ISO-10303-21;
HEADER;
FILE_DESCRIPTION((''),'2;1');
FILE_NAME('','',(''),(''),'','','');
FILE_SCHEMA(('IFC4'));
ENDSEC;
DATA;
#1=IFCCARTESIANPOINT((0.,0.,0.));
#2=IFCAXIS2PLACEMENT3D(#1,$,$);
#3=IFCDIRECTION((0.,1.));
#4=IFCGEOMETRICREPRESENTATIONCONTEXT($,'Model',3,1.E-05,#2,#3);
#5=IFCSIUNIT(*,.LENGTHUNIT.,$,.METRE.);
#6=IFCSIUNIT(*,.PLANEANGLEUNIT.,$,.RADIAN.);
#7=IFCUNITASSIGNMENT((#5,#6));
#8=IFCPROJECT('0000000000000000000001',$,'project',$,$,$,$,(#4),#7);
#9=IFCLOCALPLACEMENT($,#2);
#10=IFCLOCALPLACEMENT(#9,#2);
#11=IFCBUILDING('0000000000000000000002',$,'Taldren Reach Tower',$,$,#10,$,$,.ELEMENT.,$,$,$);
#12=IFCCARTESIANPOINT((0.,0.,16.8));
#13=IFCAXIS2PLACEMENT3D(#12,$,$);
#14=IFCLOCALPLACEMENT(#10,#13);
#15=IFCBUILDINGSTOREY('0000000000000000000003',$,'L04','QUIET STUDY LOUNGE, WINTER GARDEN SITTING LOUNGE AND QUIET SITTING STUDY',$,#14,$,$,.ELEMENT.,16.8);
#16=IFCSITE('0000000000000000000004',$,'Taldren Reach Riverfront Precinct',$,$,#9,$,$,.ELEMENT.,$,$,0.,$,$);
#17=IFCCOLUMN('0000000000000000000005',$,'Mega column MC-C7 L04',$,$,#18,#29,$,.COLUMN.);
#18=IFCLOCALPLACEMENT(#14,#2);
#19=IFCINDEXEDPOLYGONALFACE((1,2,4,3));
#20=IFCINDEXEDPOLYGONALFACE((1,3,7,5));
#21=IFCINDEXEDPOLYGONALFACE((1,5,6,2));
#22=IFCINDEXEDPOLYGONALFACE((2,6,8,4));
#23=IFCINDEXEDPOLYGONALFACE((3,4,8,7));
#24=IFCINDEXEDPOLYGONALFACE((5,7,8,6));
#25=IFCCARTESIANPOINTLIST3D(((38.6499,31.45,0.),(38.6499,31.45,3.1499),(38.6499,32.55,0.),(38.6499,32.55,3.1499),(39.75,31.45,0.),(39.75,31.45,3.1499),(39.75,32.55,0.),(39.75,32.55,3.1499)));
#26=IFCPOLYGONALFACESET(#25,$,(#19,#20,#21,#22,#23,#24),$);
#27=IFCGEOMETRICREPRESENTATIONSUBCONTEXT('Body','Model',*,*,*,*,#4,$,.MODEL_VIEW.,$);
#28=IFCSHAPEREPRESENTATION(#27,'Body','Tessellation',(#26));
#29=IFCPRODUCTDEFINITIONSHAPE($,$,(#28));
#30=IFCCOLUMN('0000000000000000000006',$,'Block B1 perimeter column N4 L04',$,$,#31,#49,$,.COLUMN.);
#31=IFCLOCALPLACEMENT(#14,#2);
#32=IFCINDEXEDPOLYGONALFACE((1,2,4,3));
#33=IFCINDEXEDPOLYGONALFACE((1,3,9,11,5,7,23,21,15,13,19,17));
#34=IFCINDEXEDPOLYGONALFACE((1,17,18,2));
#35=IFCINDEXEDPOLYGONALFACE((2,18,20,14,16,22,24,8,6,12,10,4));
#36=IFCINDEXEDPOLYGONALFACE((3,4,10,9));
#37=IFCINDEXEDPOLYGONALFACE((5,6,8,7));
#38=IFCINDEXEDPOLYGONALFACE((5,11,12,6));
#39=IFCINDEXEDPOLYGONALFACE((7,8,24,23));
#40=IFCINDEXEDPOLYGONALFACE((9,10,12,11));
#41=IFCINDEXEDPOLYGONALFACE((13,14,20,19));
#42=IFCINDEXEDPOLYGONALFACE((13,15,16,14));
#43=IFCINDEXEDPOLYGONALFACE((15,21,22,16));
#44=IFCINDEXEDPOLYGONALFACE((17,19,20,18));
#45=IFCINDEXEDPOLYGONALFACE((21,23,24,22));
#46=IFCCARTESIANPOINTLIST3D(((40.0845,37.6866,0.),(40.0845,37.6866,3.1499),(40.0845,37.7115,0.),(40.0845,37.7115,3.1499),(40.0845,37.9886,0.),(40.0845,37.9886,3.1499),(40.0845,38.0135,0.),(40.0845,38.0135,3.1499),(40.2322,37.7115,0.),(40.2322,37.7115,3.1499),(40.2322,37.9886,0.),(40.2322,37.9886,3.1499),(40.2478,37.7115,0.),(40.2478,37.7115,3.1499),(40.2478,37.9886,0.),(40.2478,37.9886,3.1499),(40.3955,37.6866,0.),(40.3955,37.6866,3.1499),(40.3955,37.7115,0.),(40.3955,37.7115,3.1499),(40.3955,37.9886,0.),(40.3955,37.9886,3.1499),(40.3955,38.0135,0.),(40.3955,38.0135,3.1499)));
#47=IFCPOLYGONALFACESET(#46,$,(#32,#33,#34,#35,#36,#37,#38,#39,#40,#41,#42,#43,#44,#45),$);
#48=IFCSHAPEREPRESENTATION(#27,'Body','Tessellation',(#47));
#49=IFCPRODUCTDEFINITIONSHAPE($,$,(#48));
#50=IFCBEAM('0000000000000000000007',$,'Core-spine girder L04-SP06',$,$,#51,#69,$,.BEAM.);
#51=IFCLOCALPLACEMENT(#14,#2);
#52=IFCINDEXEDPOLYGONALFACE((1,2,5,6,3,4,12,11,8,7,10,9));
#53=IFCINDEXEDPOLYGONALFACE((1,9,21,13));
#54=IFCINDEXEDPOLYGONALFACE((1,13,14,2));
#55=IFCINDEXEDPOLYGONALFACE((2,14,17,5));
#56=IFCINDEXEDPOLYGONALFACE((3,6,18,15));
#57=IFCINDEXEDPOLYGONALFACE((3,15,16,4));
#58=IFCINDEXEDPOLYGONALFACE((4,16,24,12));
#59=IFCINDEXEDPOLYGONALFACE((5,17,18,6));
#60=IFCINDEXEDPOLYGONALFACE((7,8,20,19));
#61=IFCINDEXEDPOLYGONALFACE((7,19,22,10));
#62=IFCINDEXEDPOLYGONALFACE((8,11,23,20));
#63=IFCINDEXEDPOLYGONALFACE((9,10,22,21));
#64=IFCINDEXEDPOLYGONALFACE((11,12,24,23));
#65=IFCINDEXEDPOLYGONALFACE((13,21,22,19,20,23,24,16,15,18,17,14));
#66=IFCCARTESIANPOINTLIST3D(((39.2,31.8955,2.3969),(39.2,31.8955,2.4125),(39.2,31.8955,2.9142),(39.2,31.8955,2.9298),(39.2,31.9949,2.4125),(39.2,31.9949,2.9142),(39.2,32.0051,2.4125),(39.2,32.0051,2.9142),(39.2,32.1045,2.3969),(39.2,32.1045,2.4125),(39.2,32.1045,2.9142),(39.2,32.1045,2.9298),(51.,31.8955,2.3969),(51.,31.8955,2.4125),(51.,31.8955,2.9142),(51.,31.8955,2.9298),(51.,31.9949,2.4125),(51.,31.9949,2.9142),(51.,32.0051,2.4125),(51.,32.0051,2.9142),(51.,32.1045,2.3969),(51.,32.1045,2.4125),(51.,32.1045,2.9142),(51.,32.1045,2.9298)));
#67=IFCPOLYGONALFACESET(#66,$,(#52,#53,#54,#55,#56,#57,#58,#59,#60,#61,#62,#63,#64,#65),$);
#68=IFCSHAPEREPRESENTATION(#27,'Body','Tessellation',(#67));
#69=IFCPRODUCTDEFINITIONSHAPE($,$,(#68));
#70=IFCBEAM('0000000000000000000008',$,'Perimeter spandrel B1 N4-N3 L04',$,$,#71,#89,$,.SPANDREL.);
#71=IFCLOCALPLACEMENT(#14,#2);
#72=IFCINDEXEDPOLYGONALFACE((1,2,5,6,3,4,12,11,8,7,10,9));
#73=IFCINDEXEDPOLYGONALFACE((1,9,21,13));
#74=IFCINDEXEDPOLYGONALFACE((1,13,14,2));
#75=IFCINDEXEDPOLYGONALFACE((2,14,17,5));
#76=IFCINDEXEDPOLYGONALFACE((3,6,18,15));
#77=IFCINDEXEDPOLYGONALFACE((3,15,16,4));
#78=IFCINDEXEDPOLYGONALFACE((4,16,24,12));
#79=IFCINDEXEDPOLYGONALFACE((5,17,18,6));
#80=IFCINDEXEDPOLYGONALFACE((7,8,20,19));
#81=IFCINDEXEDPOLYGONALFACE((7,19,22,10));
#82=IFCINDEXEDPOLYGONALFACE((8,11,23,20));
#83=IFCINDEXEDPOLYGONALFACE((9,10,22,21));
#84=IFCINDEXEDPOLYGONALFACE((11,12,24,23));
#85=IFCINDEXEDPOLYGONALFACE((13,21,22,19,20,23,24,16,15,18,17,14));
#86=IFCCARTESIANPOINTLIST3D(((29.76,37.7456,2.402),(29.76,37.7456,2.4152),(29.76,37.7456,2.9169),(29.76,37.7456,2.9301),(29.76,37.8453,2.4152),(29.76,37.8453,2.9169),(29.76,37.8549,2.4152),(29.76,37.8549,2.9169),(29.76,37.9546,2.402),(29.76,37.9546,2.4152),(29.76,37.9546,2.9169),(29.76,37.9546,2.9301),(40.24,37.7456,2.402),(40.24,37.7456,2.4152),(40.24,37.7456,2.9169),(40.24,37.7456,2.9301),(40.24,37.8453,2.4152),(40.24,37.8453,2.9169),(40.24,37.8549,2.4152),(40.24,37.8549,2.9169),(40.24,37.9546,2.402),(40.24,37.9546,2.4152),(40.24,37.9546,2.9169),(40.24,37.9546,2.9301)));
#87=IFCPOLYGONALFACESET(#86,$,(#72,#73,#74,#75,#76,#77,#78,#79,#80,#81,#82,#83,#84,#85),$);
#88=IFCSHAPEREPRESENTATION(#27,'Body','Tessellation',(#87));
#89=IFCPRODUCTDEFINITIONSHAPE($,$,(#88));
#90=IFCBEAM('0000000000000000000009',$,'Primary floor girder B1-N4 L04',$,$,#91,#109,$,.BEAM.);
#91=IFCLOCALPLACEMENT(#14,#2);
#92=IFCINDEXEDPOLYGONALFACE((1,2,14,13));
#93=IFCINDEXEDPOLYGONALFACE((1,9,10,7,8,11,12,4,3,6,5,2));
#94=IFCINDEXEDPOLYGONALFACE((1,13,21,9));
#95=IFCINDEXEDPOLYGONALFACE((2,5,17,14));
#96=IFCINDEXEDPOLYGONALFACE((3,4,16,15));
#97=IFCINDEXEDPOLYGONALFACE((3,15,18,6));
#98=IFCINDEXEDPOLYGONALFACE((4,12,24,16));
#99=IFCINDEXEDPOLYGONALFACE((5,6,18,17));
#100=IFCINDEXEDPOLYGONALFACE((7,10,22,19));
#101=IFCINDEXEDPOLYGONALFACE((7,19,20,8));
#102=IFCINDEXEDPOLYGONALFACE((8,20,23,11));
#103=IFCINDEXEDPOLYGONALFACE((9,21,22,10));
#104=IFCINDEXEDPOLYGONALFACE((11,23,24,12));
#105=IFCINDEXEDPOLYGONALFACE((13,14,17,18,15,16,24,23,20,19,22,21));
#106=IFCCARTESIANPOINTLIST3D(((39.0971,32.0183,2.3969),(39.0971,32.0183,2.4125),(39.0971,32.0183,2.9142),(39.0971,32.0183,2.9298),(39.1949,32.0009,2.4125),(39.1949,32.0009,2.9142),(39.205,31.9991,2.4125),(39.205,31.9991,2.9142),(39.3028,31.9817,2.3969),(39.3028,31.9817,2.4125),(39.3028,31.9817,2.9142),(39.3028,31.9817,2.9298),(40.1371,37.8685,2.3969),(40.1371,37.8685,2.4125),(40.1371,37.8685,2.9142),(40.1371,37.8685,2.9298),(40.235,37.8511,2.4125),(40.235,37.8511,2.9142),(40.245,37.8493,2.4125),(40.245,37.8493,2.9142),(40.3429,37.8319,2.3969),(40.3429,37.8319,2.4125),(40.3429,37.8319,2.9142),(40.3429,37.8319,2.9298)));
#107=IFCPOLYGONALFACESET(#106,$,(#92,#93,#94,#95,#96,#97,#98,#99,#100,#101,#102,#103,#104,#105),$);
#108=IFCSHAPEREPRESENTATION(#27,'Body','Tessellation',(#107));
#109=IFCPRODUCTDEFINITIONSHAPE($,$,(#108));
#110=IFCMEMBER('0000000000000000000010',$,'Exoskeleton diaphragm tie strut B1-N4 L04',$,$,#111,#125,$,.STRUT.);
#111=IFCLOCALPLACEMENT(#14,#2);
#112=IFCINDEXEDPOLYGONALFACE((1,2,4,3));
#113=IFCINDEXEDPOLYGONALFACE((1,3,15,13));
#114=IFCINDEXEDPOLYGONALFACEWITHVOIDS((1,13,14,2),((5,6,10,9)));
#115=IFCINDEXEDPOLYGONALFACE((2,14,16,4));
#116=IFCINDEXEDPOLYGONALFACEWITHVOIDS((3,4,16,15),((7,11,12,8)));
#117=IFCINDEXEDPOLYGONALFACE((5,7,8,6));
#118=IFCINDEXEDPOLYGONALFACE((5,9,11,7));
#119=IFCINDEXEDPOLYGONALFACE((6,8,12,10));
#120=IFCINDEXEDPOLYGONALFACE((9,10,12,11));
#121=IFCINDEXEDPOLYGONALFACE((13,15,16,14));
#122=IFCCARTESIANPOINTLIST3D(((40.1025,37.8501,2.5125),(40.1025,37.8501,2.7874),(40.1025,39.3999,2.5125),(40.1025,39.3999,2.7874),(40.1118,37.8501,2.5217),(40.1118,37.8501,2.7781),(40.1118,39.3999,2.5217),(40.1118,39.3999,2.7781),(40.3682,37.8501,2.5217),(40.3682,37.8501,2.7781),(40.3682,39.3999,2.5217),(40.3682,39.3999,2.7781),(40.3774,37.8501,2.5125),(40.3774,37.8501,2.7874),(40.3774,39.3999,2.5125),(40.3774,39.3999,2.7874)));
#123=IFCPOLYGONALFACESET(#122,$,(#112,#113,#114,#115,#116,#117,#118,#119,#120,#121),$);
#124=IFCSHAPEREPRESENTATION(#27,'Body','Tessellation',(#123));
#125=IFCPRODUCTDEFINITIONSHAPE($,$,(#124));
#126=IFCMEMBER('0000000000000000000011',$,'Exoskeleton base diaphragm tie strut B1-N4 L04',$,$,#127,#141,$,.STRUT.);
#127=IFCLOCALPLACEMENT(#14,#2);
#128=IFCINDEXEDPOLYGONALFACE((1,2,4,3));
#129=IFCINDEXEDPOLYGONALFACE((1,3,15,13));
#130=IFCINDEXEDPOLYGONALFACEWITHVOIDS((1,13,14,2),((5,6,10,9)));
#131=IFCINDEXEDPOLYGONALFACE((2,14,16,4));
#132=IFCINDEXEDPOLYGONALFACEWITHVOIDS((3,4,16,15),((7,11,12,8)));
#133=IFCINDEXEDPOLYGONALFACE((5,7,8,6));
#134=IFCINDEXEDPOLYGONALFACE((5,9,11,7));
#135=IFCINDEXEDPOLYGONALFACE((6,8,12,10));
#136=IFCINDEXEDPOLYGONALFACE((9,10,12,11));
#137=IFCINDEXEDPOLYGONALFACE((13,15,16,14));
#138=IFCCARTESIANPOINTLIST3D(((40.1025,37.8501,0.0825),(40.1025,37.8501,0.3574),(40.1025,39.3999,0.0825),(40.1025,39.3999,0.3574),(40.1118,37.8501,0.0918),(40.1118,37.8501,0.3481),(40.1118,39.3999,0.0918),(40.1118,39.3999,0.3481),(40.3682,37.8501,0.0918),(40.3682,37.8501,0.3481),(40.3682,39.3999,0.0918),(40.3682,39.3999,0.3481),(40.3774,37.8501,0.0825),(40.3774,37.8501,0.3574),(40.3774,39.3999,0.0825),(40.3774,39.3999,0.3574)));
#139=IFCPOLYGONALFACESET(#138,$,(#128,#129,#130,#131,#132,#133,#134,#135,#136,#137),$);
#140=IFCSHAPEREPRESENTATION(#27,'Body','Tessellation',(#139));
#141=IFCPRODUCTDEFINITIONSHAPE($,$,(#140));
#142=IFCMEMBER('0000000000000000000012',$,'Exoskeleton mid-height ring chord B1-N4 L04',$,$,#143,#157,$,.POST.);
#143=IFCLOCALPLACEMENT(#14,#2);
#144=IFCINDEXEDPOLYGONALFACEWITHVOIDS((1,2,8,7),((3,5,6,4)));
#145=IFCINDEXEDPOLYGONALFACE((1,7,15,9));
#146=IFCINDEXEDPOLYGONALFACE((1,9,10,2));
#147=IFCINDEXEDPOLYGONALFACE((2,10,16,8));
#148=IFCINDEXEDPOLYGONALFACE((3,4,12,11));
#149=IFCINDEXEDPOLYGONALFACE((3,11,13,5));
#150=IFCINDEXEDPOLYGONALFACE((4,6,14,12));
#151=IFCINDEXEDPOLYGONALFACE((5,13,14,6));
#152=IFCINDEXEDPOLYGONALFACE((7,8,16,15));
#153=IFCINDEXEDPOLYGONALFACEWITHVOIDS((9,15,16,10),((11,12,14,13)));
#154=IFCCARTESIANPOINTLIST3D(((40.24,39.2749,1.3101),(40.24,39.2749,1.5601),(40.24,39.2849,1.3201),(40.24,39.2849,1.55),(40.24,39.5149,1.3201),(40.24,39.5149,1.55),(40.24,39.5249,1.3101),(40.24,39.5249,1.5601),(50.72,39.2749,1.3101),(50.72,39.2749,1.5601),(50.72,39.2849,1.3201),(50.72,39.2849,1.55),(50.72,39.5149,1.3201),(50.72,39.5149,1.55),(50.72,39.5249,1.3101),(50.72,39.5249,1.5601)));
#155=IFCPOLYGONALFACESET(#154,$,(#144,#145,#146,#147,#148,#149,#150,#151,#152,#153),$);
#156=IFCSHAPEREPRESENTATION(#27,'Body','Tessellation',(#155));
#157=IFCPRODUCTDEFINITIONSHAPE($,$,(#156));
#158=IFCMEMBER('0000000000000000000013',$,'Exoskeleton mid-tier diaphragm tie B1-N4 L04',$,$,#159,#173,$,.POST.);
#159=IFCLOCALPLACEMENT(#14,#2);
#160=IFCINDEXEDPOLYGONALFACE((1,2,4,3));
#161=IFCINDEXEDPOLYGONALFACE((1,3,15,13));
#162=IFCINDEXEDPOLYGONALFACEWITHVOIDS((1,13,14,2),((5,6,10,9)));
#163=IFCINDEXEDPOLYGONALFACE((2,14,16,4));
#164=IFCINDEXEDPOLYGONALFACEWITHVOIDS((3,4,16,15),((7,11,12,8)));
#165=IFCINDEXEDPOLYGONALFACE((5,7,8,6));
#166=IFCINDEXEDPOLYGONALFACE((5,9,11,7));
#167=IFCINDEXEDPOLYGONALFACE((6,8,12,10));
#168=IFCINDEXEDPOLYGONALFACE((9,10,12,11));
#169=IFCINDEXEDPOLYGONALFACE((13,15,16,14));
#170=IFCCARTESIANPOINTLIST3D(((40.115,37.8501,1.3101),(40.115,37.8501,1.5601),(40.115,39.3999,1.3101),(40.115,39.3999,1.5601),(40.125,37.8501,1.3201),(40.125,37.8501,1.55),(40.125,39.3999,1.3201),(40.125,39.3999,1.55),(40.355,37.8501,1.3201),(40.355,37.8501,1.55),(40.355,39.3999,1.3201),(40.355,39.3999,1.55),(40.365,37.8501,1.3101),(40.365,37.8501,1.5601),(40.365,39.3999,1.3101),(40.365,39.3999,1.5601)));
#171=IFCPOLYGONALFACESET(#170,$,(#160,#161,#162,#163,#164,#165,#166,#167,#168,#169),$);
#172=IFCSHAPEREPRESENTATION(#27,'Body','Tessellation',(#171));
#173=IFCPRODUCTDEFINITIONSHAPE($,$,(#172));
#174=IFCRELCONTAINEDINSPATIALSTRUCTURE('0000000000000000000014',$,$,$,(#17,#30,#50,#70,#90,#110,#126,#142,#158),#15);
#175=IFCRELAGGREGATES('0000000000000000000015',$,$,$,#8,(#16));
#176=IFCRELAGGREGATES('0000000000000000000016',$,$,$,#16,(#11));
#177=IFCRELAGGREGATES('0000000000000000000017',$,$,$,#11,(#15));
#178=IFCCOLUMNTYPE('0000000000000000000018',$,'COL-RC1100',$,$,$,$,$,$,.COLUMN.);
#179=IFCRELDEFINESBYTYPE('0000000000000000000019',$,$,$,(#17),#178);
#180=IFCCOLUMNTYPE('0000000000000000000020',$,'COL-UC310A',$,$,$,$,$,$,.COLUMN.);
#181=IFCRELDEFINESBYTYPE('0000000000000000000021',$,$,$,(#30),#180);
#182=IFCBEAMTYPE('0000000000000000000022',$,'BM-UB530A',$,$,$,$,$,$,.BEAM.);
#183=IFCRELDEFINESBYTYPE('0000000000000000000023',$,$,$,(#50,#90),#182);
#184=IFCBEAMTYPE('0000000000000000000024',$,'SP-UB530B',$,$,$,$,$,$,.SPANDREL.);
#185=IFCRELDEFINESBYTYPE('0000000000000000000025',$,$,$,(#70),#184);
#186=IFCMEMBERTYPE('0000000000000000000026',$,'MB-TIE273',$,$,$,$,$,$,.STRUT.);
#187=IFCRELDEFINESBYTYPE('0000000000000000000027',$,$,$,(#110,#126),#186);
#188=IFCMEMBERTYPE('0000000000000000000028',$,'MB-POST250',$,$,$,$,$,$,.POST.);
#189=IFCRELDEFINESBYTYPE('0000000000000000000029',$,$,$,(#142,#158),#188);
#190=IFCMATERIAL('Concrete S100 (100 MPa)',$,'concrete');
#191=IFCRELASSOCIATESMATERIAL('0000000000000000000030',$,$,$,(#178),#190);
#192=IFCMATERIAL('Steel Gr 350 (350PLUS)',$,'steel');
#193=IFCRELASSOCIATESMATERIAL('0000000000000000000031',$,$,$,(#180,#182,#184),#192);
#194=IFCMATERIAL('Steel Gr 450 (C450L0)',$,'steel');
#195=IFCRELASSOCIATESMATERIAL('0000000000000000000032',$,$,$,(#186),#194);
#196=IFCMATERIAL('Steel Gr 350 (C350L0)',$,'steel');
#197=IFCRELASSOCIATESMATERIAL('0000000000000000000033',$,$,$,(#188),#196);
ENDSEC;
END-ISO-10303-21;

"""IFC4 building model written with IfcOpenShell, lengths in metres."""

from ifc_helpers import new_model, si_unit, direction, frame, origin, origin_2d, place, context, subcontext, project, spatial, rectangle, hollow_rectangle, i_section, extrude, source, transform, mapped, material, material_profile, profile_set, type_object, element, save


model = new_model("IFC4")

# Units and contexts
model_context = context("Model", 3, precision=1e-05, world=origin(), true_north=direction((0.0, 1.0)))
body_context = subcontext(model_context, "Body", "Model", "MODEL_VIEW")
ifc_project = project(units=[si_unit("LENGTHUNIT", "METRE"), si_unit("PLANEANGLEUNIT", "RADIAN")], contexts=[model_context])

# Site, building, storey
site_placement = place(None, origin())
site = spatial("IfcSite", under=ifc_project, at=site_placement, Name="Taldren Reach Riverfront Precinct", CompositionType="ELEMENT", RefElevation=0.0)
building_placement = place(site_placement, origin())
building = spatial("IfcBuilding", under=site, at=building_placement, Name="Taldren Reach Tower", CompositionType="ELEMENT")
storey_placement = place(building_placement, frame((0.0, 0.0, 16.8)))
storey = spatial("IfcBuildingStorey", under=building, at=storey_placement, Name="L04", Description="QUIET STUDY LOUNGE, WINTER GARDEN SITTING LOUNGE AND QUIET SITTING STUDY", CompositionType="ELEMENT", Elevation=16.8)

# Columns
ifc_material_1 = material(Name="Concrete S100 (100 MPa)", Category="concrete")
ifc_material_profile_1 = material_profile(ifc_material_1, rectangle(XDim=1.1001, YDim=1.1001, at=origin_2d()), Name="RC-1100x1100")
ifc_profile_set_1 = profile_set([ifc_material_profile_1], Name="Concrete S100 (100 MPa)")
column_type_1 = type_object("IfcColumnType", Name="COL-RC1100", PredefinedType="COLUMN", material=ifc_profile_set_1)
shared_shape_1 = source(origin(), body_context, "Body", "SweptSolid", [
    extrude(rectangle(XDim=1.1001, YDim=1.1001, at=origin_2d()), origin(), (0.0, 0.0, 1.0), 3.1499),
])
column_1_placement = place(storey_placement, frame((39.2, 32.0, 0.0), z_axis=(0.0, 0.0, 1.0), x_axis=(1.0, 0.0, 0.0)))
element("IfcColumn", 1, at=column_1_placement, inside=storey, type_object=column_type_1, Name="Mega column MC-C7 L04", PredefinedType="COLUMN", context=body_context, shape_type="MappedRepresentation", body=[
    mapped(shared_shape_1, transform((0.0, 0.0, 0.0), scale=1.0)),
])
ifc_material_2 = material(Name="Steel Gr 350 (350PLUS)", Category="steel")
ifc_material_profile_2 = material_profile(ifc_material_2, i_section(OverallWidth=0.311, OverallDepth=0.3269, WebThickness=0.0156, FlangeThickness=0.0249, at=origin_2d()), Name="310UC158")
ifc_profile_set_2 = profile_set([ifc_material_profile_2], Name="Steel Gr 350 (350PLUS)")
column_type_2 = type_object("IfcColumnType", Name="COL-UC310A", PredefinedType="COLUMN", material=ifc_profile_set_2)
shared_shape_2 = source(origin(), body_context, "Body", "SweptSolid", [
    extrude(i_section(OverallWidth=0.311, OverallDepth=0.3269, WebThickness=0.0156, FlangeThickness=0.0249, at=origin_2d()), origin(), (0.0, 0.0, 1.0), 3.1499),
])
column_2_placement = place(storey_placement, frame((40.24, 37.8501, 0.0), z_axis=(0.0, 0.0, 1.0), x_axis=(1.0, 0.0, 0.0)))
element("IfcColumn", 2, at=column_2_placement, inside=storey, type_object=column_type_2, Name="Block B1 perimeter column N4 L04", PredefinedType="COLUMN", context=body_context, shape_type="MappedRepresentation", body=[
    mapped(shared_shape_2, transform((0.0, 0.0, 0.0), scale=1.0)),
])

# Beams
ifc_material_profile_3 = material_profile(ifc_material_2, i_section(OverallWidth=0.209, OverallDepth=0.533, WebThickness=0.0103, FlangeThickness=0.0156, at=origin_2d()), Name="530UB92.4")
ifc_profile_set_3 = profile_set([ifc_material_profile_3], Name="Steel Gr 350 (350PLUS)")
beam_type_1 = type_object("IfcBeamType", Name="BM-UB530A", PredefinedType="BEAM", material=ifc_profile_set_3)
shared_shape_3 = source(origin(), body_context, "Body", "SweptSolid", [
    extrude(i_section(OverallWidth=0.209, OverallDepth=0.533, WebThickness=0.0103, FlangeThickness=0.0156, at=origin_2d()), origin(), (0.0, 0.0, 1.0), 11.8),
])
beam_1_placement = place(storey_placement, frame((39.2, 32.0, 2.6633), z_axis=(1.0, 0.0, 0.0), x_axis=(0.0, 1.0, 0.0)))
element("IfcBeam", 3, at=beam_1_placement, inside=storey, type_object=beam_type_1, Name="Core-spine girder L04-SP06", PredefinedType="BEAM", context=body_context, shape_type="MappedRepresentation", body=[
    mapped(shared_shape_3, transform((0.0, 0.0, 0.0), scale=1.0)),
])
ifc_material_profile_4 = material_profile(ifc_material_2, i_section(OverallWidth=0.209, OverallDepth=0.5281, WebThickness=0.0095, FlangeThickness=0.0132, at=origin_2d()), Name="530UB82.0")
ifc_profile_set_4 = profile_set([ifc_material_profile_4], Name="Steel Gr 350 (350PLUS)")
beam_type_2 = type_object("IfcBeamType", Name="SP-UB530B", PredefinedType="SPANDREL", material=ifc_profile_set_4)
shared_shape_4 = source(origin(), body_context, "Body", "SweptSolid", [
    extrude(i_section(OverallWidth=0.209, OverallDepth=0.5281, WebThickness=0.0095, FlangeThickness=0.0132, at=origin_2d()), origin(), (0.0, 0.0, 1.0), 10.48),
])
beam_2_placement = place(storey_placement, frame((40.24, 37.8501, 2.666), z_axis=(-1.0, 0.0, 0.0), x_axis=(0.0, -1.0, 0.0)))
element("IfcBeam", 4, at=beam_2_placement, inside=storey, type_object=beam_type_2, Name="Perimeter spandrel B1 N4-N3 L04", PredefinedType="SPANDREL", context=body_context, shape_type="MappedRepresentation", body=[
    mapped(shared_shape_4, transform((0.0, 0.0, 0.0), scale=1.0)),
])
shared_shape_5 = source(origin(), body_context, "Body", "SweptSolid", [
    extrude(i_section(OverallWidth=0.209, OverallDepth=0.533, WebThickness=0.0103, FlangeThickness=0.0156, at=origin_2d()), origin(), (0.0, 0.0, 1.0), 5.9419),
])
beam_3_placement = place(storey_placement, frame((39.2, 32.0, 2.6633), z_axis=(0.175037, 0.984562, 0.0), x_axis=(-0.984562, 0.175037, 0.0)))
element("IfcBeam", 5, at=beam_3_placement, inside=storey, type_object=beam_type_1, Name="Primary floor girder B1-N4 L04", PredefinedType="BEAM", context=body_context, shape_type="MappedRepresentation", body=[
    mapped(shared_shape_5, transform((0.0, 0.0, 0.0), scale=1.0)),
])

# Members
ifc_material_3 = material(Name="Steel Gr 450 (C450L0)", Category="steel")
ifc_material_profile_5 = material_profile(ifc_material_3, hollow_rectangle(XDim=0.2749, YDim=0.2749, WallThickness=0.0093, at=origin_2d()), Name="275x275x9.3SHS")
ifc_profile_set_5 = profile_set([ifc_material_profile_5], Name="Steel Gr 450 (C450L0)")
member_type_1 = type_object("IfcMemberType", Name="MB-TIE273", PredefinedType="STRUT", material=ifc_profile_set_5)
shared_shape_6 = source(origin(), body_context, "Body", "SweptSolid", [
    extrude(hollow_rectangle(XDim=0.2749, YDim=0.2749, WallThickness=0.0093, at=origin_2d()), origin(), (0.0, 0.0, 1.0), 1.5498),
])
for number, where, z_axis, x_axis, name in (
    (6, (40.24, 37.8501, 2.6499), (0.0, 1.0, 0.0), (-1.0, 0.0, 0.0), "Exoskeleton diaphragm tie strut B1-N4 L04"),
    (7, (40.24, 37.8501, 0.22), (0.0, 1.0, 0.0), (-1.0, 0.0, 0.0), "Exoskeleton base diaphragm tie strut B1-N4 L04"),
):
    element("IfcMember", number, at=place(storey_placement, frame(where, z_axis=z_axis, x_axis=x_axis)), inside=storey, type_object=member_type_1, Name=name, PredefinedType="STRUT", context=body_context, shape_type="MappedRepresentation", body=[
        mapped(shared_shape_6, transform((0.0, 0.0, 0.0), scale=1.0)),
    ])
ifc_material_4 = material(Name="Steel Gr 350 (C350L0)", Category="steel")
ifc_material_profile_6 = material_profile(ifc_material_4, hollow_rectangle(XDim=0.25, YDim=0.25, WallThickness=0.01, at=origin_2d()), Name="250x250x10.0SHS")
ifc_profile_set_6 = profile_set([ifc_material_profile_6], Name="Steel Gr 350 (C350L0)")
member_type_2 = type_object("IfcMemberType", Name="MB-POST250", PredefinedType="POST", material=ifc_profile_set_6)
shared_shape_7 = source(origin(), body_context, "Body", "SweptSolid", [
    extrude(hollow_rectangle(XDim=0.25, YDim=0.25, WallThickness=0.01, at=origin_2d()), origin(), (0.0, 0.0, 1.0), 10.48),
])
member_1_placement = place(storey_placement, frame((40.24, 39.3999, 1.4351), z_axis=(1.0, 0.0, 0.0), x_axis=(0.0, 1.0, 0.0)))
element("IfcMember", 8, at=member_1_placement, inside=storey, type_object=member_type_2, Name="Exoskeleton mid-height ring chord B1-N4 L04", PredefinedType="POST", context=body_context, shape_type="MappedRepresentation", body=[
    mapped(shared_shape_7, transform((0.0, 0.0, 0.0), scale=1.0)),
])
shared_shape_8 = source(origin(), body_context, "Body", "SweptSolid", [
    extrude(hollow_rectangle(XDim=0.25, YDim=0.25, WallThickness=0.01, at=origin_2d()), origin(), (0.0, 0.0, 1.0), 1.5498),
])
member_2_placement = place(storey_placement, frame((40.24, 37.8501, 1.4351), z_axis=(0.0, 1.0, 0.0), x_axis=(-1.0, 0.0, 0.0)))
element("IfcMember", 9, at=member_2_placement, inside=storey, type_object=member_type_2, Name="Exoskeleton mid-tier diaphragm tie B1-N4 L04", PredefinedType="POST", context=body_context, shape_type="MappedRepresentation", body=[
    mapped(shared_shape_8, transform((0.0, 0.0, 0.0), scale=1.0)),
])

save(model, "model.ifc")
